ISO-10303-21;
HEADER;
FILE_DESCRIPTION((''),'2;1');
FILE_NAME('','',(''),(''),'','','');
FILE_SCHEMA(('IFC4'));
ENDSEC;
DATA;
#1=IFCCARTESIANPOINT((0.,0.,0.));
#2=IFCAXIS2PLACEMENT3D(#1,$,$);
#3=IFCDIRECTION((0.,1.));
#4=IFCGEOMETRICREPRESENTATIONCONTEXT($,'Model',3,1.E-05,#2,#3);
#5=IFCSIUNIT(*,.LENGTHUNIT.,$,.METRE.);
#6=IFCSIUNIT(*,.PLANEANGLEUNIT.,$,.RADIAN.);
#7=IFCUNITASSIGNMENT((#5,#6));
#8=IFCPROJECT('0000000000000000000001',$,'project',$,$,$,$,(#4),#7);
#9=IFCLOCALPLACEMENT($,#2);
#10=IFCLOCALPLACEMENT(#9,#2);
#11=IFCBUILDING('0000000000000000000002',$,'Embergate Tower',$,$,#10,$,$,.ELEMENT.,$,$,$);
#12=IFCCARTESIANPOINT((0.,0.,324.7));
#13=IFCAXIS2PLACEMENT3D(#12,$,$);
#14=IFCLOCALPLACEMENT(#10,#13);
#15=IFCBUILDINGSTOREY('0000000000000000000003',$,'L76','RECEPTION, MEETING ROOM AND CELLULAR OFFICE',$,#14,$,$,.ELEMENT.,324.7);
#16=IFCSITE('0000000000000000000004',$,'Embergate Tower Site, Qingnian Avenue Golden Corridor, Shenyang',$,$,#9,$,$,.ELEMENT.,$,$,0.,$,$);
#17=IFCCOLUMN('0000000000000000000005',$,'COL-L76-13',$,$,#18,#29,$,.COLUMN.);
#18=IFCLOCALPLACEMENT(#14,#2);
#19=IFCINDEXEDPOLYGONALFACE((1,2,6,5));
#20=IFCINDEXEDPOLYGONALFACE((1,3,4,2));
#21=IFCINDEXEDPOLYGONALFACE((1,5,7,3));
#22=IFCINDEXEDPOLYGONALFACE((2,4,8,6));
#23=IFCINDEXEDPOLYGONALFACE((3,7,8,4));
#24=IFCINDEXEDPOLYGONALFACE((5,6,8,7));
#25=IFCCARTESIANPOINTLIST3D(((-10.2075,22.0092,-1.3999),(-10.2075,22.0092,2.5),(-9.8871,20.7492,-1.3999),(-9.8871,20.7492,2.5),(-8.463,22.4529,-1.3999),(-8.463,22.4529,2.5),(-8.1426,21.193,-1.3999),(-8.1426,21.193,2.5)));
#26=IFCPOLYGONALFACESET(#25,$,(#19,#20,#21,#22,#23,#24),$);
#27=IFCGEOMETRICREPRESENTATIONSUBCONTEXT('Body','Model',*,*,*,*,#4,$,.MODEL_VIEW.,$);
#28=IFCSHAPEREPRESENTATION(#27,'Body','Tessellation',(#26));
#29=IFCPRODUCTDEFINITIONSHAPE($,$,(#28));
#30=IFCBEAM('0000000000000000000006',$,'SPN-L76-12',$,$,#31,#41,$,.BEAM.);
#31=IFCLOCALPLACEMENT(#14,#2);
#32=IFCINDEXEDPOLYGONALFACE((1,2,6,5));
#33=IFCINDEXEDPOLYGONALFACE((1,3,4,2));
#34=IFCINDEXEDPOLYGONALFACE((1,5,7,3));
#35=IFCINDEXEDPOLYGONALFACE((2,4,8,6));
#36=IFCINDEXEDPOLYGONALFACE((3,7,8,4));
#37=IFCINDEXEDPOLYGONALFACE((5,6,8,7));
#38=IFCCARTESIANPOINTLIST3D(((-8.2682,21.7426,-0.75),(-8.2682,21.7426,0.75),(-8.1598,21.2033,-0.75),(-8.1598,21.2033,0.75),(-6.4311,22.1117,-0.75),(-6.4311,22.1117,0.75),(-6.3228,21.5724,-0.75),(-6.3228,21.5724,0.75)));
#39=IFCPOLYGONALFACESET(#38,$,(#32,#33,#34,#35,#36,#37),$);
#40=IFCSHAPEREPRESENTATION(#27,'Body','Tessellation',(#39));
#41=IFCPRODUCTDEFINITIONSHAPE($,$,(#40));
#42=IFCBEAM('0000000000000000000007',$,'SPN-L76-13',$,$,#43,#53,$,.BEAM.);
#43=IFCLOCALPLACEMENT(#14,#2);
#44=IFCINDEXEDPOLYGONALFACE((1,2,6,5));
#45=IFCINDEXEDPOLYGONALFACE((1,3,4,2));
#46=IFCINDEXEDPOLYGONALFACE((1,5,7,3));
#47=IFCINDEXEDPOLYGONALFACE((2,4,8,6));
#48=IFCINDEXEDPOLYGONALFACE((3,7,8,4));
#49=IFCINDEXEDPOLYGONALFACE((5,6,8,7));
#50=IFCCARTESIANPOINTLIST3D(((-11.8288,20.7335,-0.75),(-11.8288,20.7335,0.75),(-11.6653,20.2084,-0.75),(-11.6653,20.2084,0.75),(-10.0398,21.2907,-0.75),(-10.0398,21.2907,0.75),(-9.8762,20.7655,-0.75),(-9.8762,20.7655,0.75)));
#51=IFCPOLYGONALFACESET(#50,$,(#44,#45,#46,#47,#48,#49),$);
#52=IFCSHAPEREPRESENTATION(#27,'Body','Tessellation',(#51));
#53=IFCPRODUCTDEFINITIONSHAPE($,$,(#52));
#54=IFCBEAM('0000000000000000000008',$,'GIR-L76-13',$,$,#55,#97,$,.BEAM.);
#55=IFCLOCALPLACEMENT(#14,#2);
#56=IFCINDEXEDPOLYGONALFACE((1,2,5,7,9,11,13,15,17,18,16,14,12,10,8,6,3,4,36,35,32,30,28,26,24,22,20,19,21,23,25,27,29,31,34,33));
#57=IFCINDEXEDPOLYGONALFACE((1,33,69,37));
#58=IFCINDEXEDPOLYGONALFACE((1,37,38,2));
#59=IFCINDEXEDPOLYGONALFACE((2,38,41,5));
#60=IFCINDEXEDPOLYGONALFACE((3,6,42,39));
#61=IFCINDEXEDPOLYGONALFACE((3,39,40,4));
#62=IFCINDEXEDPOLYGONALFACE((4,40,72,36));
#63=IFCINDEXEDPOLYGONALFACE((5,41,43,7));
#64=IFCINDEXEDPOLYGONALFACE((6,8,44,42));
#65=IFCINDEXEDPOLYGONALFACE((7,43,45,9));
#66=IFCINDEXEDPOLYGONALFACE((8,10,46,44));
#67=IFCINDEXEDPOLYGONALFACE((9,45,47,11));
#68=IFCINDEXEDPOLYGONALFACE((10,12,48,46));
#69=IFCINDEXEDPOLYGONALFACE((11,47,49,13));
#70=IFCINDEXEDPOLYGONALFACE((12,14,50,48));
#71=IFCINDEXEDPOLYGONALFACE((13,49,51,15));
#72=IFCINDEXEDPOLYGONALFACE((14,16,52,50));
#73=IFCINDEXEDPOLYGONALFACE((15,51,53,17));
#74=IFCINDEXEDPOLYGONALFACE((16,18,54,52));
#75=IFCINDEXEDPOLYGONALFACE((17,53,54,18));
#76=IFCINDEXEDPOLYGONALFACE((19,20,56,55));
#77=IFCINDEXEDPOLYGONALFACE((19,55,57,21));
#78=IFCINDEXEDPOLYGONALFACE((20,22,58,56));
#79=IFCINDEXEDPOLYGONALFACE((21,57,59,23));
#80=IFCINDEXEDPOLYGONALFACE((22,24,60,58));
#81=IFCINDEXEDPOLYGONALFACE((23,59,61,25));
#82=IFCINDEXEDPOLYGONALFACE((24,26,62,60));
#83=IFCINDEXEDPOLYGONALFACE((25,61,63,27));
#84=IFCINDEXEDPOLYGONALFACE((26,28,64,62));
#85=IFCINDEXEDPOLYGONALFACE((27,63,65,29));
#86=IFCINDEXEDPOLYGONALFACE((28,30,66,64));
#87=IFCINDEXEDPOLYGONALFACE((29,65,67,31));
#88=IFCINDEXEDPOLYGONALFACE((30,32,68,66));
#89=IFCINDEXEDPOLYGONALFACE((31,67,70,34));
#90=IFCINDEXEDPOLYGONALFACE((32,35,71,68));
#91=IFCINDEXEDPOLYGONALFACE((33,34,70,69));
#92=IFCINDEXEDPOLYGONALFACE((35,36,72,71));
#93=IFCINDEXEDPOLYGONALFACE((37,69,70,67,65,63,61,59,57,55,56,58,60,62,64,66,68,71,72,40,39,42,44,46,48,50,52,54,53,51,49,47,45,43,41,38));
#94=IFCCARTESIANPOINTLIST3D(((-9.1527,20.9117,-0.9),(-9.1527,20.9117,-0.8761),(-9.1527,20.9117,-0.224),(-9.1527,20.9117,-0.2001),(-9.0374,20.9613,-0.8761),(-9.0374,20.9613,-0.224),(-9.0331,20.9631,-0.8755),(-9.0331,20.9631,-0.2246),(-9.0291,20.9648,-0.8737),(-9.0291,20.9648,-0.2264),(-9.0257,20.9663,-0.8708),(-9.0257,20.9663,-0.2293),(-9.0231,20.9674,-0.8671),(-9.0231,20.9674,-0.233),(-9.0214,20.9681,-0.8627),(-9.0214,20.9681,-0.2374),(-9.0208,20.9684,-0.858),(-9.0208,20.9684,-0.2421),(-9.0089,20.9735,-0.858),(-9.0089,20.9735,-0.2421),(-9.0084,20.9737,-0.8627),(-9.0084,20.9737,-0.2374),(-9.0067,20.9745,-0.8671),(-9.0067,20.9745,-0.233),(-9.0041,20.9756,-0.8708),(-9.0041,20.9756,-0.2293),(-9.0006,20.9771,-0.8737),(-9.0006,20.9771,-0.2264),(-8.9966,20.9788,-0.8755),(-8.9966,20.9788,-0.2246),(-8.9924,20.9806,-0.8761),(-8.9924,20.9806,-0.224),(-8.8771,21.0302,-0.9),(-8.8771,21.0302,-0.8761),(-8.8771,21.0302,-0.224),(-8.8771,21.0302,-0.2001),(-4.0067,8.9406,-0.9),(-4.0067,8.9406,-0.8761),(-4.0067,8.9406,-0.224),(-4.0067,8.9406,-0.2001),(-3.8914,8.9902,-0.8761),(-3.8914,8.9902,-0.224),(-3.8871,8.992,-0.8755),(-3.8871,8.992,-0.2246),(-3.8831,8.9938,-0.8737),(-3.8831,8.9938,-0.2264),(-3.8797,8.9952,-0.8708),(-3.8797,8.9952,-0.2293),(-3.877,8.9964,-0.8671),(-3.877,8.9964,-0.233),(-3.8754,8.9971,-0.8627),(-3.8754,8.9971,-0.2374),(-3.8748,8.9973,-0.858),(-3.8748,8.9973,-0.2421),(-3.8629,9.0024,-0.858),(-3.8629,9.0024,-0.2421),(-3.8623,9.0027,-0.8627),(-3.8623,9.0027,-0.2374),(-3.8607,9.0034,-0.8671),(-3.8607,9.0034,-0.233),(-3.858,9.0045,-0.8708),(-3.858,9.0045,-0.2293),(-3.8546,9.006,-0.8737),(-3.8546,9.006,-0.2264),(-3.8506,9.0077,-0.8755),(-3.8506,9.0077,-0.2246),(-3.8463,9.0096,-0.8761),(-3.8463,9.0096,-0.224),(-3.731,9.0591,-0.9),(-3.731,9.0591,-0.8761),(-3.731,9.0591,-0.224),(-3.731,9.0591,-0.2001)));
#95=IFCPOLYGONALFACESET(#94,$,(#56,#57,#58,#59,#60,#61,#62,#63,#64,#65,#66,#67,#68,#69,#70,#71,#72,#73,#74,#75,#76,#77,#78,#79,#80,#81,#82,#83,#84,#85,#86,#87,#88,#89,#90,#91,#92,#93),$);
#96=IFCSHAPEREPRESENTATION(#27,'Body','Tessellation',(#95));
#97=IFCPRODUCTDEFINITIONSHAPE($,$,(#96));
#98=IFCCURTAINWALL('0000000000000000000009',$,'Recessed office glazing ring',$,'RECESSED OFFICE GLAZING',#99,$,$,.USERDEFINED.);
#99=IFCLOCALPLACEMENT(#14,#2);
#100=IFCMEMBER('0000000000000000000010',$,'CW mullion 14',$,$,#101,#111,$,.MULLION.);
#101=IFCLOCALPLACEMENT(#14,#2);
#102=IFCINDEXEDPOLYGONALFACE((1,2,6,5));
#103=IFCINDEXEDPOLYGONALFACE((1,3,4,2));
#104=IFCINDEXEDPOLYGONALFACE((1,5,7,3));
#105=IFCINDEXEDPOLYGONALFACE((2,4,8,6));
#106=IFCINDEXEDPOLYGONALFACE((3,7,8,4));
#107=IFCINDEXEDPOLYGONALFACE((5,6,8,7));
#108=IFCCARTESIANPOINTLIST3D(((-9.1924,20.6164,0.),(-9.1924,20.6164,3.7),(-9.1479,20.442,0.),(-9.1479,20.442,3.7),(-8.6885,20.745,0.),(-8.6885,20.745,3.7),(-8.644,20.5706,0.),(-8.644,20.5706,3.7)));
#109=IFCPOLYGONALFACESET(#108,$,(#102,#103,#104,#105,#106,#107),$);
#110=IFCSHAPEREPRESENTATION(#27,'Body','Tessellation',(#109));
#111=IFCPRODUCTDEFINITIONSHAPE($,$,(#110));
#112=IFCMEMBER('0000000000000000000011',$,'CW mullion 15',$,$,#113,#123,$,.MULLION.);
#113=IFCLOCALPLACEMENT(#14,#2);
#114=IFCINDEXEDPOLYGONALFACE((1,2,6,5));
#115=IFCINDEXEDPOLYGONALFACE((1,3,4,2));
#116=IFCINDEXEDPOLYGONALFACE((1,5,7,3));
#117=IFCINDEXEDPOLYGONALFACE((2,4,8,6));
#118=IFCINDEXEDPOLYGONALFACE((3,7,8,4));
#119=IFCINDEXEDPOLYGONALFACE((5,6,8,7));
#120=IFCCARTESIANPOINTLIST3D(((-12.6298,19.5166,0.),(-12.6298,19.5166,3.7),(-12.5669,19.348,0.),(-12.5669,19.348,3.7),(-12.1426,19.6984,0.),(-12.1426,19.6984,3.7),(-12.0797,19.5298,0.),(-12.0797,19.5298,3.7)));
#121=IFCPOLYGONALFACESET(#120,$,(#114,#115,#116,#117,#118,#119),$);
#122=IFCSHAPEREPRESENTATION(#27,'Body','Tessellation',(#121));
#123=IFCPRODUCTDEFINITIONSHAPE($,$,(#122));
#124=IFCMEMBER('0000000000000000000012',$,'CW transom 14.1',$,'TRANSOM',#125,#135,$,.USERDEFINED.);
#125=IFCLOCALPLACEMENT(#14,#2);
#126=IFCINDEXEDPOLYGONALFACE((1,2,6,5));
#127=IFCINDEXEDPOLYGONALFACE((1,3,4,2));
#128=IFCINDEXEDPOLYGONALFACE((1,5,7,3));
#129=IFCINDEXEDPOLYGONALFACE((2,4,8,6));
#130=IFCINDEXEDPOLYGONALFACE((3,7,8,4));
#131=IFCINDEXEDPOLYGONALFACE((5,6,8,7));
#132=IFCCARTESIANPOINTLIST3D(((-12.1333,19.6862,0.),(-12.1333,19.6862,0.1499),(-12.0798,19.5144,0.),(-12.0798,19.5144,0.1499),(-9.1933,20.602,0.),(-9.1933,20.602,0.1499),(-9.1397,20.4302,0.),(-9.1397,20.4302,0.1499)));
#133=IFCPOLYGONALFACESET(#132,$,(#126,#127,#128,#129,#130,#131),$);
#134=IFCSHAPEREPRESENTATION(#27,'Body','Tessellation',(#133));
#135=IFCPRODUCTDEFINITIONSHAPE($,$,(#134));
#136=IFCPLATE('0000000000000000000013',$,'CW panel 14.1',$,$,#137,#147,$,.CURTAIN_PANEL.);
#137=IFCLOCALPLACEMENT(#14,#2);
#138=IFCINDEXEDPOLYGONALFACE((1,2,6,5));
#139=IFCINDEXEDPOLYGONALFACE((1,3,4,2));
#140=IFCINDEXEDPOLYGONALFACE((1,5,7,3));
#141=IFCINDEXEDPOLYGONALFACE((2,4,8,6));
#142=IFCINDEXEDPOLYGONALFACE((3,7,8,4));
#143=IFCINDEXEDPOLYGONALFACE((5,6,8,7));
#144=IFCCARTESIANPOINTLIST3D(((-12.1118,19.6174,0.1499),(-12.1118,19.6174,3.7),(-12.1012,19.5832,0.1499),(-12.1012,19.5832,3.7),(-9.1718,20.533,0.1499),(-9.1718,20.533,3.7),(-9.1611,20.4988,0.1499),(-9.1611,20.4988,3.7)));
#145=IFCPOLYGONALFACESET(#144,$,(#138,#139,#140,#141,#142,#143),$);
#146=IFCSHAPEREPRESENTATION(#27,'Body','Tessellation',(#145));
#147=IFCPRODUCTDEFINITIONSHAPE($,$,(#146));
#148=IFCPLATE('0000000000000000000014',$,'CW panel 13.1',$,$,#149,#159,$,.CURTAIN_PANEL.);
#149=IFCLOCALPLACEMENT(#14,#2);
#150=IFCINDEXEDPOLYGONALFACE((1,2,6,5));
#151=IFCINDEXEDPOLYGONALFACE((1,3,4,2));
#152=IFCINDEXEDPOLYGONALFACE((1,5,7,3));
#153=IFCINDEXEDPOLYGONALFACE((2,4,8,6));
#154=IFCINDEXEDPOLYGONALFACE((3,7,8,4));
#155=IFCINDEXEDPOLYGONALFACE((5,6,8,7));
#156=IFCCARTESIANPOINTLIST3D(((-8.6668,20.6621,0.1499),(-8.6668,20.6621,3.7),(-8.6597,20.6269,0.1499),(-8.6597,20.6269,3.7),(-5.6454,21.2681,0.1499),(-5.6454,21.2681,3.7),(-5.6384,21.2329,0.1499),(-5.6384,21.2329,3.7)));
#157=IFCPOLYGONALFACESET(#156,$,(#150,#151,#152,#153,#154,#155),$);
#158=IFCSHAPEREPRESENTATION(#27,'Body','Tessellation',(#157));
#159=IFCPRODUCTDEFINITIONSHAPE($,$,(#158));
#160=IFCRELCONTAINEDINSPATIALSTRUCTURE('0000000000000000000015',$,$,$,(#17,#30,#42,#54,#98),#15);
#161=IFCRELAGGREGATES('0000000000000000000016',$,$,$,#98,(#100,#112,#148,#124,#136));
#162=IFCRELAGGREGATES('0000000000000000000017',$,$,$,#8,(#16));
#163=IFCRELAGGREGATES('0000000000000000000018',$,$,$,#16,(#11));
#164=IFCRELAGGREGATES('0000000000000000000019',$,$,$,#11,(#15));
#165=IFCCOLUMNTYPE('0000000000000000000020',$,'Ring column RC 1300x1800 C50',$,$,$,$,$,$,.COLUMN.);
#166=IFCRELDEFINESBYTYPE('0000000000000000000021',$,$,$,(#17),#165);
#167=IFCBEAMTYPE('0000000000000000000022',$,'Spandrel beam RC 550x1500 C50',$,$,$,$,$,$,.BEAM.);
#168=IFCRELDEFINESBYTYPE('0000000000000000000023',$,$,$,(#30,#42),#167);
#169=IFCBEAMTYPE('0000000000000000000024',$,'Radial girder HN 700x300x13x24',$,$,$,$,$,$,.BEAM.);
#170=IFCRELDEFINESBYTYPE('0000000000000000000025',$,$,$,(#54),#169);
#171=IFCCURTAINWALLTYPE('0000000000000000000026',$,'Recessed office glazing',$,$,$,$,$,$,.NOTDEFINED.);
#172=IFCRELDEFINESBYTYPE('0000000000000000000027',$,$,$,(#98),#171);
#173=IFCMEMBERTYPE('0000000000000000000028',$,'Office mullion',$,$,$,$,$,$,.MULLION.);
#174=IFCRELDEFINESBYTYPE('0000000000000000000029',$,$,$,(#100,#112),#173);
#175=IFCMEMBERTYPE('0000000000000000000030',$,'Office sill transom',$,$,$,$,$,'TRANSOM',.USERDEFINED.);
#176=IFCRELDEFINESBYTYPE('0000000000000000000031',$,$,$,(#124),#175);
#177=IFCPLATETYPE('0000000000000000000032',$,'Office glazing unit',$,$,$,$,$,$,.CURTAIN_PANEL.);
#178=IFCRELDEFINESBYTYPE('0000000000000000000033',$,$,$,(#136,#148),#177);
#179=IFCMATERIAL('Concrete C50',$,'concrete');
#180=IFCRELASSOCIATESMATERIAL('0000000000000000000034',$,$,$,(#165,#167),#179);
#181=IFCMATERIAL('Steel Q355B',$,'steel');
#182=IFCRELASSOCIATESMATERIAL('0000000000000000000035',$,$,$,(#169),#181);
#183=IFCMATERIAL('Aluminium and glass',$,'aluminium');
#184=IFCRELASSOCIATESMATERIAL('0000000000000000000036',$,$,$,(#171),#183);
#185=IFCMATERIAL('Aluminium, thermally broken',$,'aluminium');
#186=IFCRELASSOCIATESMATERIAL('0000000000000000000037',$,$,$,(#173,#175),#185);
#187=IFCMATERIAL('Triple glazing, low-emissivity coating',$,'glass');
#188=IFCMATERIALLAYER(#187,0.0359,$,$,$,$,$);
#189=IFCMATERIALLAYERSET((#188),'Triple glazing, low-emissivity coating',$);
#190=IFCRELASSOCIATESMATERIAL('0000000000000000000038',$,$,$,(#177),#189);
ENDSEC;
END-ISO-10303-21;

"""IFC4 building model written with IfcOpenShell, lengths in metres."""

from ifc_helpers import new_model, si_unit, direction, frame, origin, origin_2d, place, context, subcontext, project, spatial, rectangle, i_section, extrude, source, transform, mapped, material, layer, layer_set, material_profile, profile_set, type_object, element, aggregate, save


model = new_model("IFC4")

# Units and contexts
model_context = context("Model", 3, precision=1e-05, world=origin(), true_north=direction((0.0, 1.0)))
body_context = subcontext(model_context, "Body", "Model", "MODEL_VIEW")
ifc_project = project(units=[si_unit("LENGTHUNIT", "METRE"), si_unit("PLANEANGLEUNIT", "RADIAN")], contexts=[model_context])

# Site, building, storey
site_placement = place(None, origin())
site = spatial("IfcSite", under=ifc_project, at=site_placement, Name="Embergate Tower Site, Qingnian Avenue Golden Corridor, Shenyang", CompositionType="ELEMENT", RefElevation=0.0)
building_placement = place(site_placement, origin())
building = spatial("IfcBuilding", under=site, at=building_placement, Name="Embergate Tower", CompositionType="ELEMENT")
storey_placement = place(building_placement, frame((0.0, 0.0, 324.7)))
storey = spatial("IfcBuildingStorey", under=building, at=storey_placement, Name="L76", Description="RECEPTION, MEETING ROOM AND CELLULAR OFFICE", CompositionType="ELEMENT", Elevation=324.7)

# Column
ifc_material_1 = material(Name="Concrete C50", Category="concrete")
ifc_material_profile_1 = material_profile(ifc_material_1, rectangle(XDim=1.3, YDim=1.8, at=origin_2d()), Name="RC 1300x1800")
ifc_profile_set_1 = profile_set([ifc_material_profile_1], Name="Concrete C50")
column_type = type_object("IfcColumnType", Name="Ring column RC 1300x1800 C50", PredefinedType="COLUMN", material=ifc_profile_set_1)
shared_shape_1 = source(origin(), body_context, "Body", "SweptSolid", [
    extrude(rectangle(XDim=1.3, YDim=1.8, at=origin_2d()), origin(), (0.0, 0.0, 1.0), 3.8999),
])
column_placement = place(storey_placement, frame((-9.175, 21.6011, -1.3999), z_axis=(0.0, 0.0, 1.0), x_axis=(-0.246509, 0.969141, 0.0)))
element("IfcColumn", 1, at=column_placement, inside=storey, type_object=column_type, Name="COL-L76-13", PredefinedType="COLUMN", context=body_context, shape_type="MappedRepresentation", body=[
    mapped(shared_shape_1, transform((0.0, 0.0, 0.0))),
])

# Beams
ifc_material_profile_2 = material_profile(ifc_material_1, rectangle(XDim=0.55, YDim=1.5, at=origin_2d()), Name="RC 550x1500")
ifc_profile_set_2 = profile_set([ifc_material_profile_2], Name="Concrete C50")
beam_type_1 = type_object("IfcBeamType", Name="Spandrel beam RC 550x1500 C50", PredefinedType="BEAM", material=ifc_profile_set_2)
shared_shape_2 = source(origin(), body_context, "Body", "SweptSolid", [
    extrude(rectangle(XDim=0.55, YDim=1.5, at=origin_2d()), origin(), (0.0, 0.0, 1.0), 1.8738),
])
for number, where, z_axis, x_axis, name in (
    (2, (-6.377, 21.842, 0.0), (-0.980405, -0.196993, 0.0), (0.196993, -0.980405, 0.0), "SPN-L76-12"),
    (3, (-9.958, 21.0281, 0.0), (-0.954776, -0.297325, 0.0), (0.297325, -0.954776, 0.0), "SPN-L76-13"),
):
    element("IfcBeam", number, at=place(storey_placement, frame(where, z_axis=z_axis, x_axis=x_axis)), inside=storey, type_object=beam_type_1, Name=name, PredefinedType="BEAM", context=body_context, shape_type="MappedRepresentation", body=[
        mapped(shared_shape_2, transform((0.0, 0.0, 0.0))),
    ])
ifc_material_2 = material(Name="Steel Q355B", Category="steel")
ifc_material_profile_3 = material_profile(ifc_material_2, i_section(OverallWidth=0.3, OverallDepth=0.7, WebThickness=0.0129, FlangeThickness=0.0239, FilletRadius=0.0181, at=origin_2d()), Name="HN 700x300x13x24")
ifc_profile_set_3 = profile_set([ifc_material_profile_3], Name="Steel Q355 grade B")
beam_type_2 = type_object("IfcBeamType", Name="Radial girder HN 700x300x13x24", PredefinedType="BEAM", material=ifc_profile_set_3)
shared_shape_3 = source(origin(), body_context, "Body", "SweptSolid", [
    extrude(i_section(OverallWidth=0.3, OverallDepth=0.7, WebThickness=0.0129, FlangeThickness=0.0239, FilletRadius=0.0181, at=origin_2d()), origin(), (0.0, 0.0, 1.0), 13.0303),
])
beam_placement = place(storey_placement, frame((-9.0149, 20.9709, -0.55), z_axis=(0.39493, -0.918711, 0.0), x_axis=(0.918711, 0.39493, 0.0)))
element("IfcBeam", 4, at=beam_placement, inside=storey, type_object=beam_type_2, Name="GIR-L76-13", PredefinedType="BEAM", context=body_context, shape_type="MappedRepresentation", body=[
    mapped(shared_shape_3, transform((0.0, 0.0, 0.0))),
])

# Curtain wall, members, plates
ifc_material_3 = material(Name="Aluminium and glass", Category="aluminium")
curtain_wall_type = type_object("IfcCurtainWallType", Name="Recessed office glazing", PredefinedType="NOTDEFINED", material=ifc_material_3)
curtain_wall_placement = place(storey_placement, origin())
curtain_wall = element("IfcCurtainWall", 5, at=curtain_wall_placement, inside=storey, type_object=curtain_wall_type, Name="Recessed office glazing ring", ObjectType="RECESSED OFFICE GLAZING", PredefinedType="USERDEFINED")
ifc_material_4 = material(Name="Aluminium, thermally broken", Category="aluminium")
ifc_material_profile_4 = material_profile(ifc_material_4, rectangle(XDim=0.1799, YDim=0.52, at=origin_2d()), Name="AL 520x180")
ifc_profile_set_4 = profile_set([ifc_material_profile_4], Name="Aluminium, thermally broken")
member_type_1 = type_object("IfcMemberType", Name="Office mullion", PredefinedType="MULLION", material=ifc_profile_set_4)
shared_shape_4 = source(origin(), body_context, "Body", "SweptSolid", [
    extrude(rectangle(XDim=0.1799, YDim=0.52, at=origin_2d()), origin(), (0.0, 0.0, 1.0), 3.7),
])
member_1_placement = place(storey_placement, frame((-8.9182, 20.5935, 0.0), z_axis=(0.0, 0.0, 1.0), x_axis=(0.247312, -0.968936, 0.0)))
member_1 = element("IfcMember", 6, at=member_1_placement, type_object=member_type_1, Name="CW mullion 14", PredefinedType="MULLION", context=body_context, shape_type="MappedRepresentation", body=[
    mapped(shared_shape_4, transform((0.0, 0.0, 0.0))),
])
member_2_placement = place(storey_placement, frame((-12.3547, 19.5232, 0.0), z_axis=(0.0, 0.0, 1.0), x_axis=(0.349501, -0.936936, 0.0)))
member_2 = element("IfcMember", 7, at=member_2_placement, type_object=member_type_1, Name="CW mullion 15", PredefinedType="MULLION", context=body_context, shape_type="MappedRepresentation", body=[
    mapped(shared_shape_4, transform((0.0, 0.0, 0.0))),
])
ifc_material_profile_5 = material_profile(ifc_material_4, rectangle(XDim=0.1799, YDim=0.1499, at=origin_2d()), Name="AL 150x180")
ifc_profile_set_5 = profile_set([ifc_material_profile_5], Name="Aluminium, thermally broken")
member_type_2 = type_object("IfcMemberType", Name="Office sill transom", ElementType="TRANSOM", PredefinedType="USERDEFINED", material=ifc_profile_set_5)
shared_shape_5 = source(origin(), body_context, "Body", "SweptSolid", [
    extrude(rectangle(XDim=0.1799, YDim=0.1499, at=origin_2d()), origin(), (0.0, 0.0, 1.0), 3.0793),
])
member_3_placement = place(storey_placement, frame((-9.1665, 20.5161, 0.075), z_axis=(-0.954753, -0.297399, 0.0), x_axis=(0.297399, -0.954753, 0.0)))
member_3 = element("IfcMember", 8, at=member_3_placement, type_object=member_type_2, Name="CW transom 14.1", ObjectType="TRANSOM", PredefinedType="USERDEFINED", context=body_context, shape_type="MappedRepresentation", body=[
    mapped(shared_shape_5, transform((0.0, 0.0, 0.0))),
])
ifc_material_5 = material(Name="Triple glazing, low-emissivity coating", Category="glass")
ifc_layer_1 = layer(ifc_material_5, 0.0359)
ifc_layer_set_1 = layer_set([ifc_layer_1], Name="Triple glazing, low-emissivity coating")
plate_type = type_object("IfcPlateType", Name="Office glazing unit", PredefinedType="CURTAIN_PANEL", material=ifc_layer_set_1)
shared_shape_6 = source(origin(), body_context, "Body", "SweptSolid", [
    extrude(rectangle(XDim=3.0793, YDim=0.0359, at=origin_2d()), origin(), (0.0, 0.0, 1.0), 3.55),
])
plate_1_placement = place(storey_placement, frame((-10.6365, 20.0581, 0.1499), z_axis=(0.0, 0.0, 1.0), x_axis=(-0.954771, -0.297342, 0.0)))
plate_1 = element("IfcPlate", 9, at=plate_1_placement, type_object=plate_type, Name="CW panel 14.1", PredefinedType="CURTAIN_PANEL", context=body_context, shape_type="MappedRepresentation", body=[
    mapped(shared_shape_6, transform((0.0, 0.0, 0.0))),
])
shared_shape_7 = source(origin(), body_context, "Body", "SweptSolid", [
    extrude(rectangle(XDim=3.0815, YDim=0.0359, at=origin_2d()), origin(), (0.0, 0.0, 1.0), 3.55),
])
plate_2_placement = place(storey_placement, frame((-7.1526, 20.9475, 0.1499), z_axis=(0.0, 0.0, 1.0), x_axis=(-0.980475, -0.196643, 0.0)))
plate_2 = element("IfcPlate", 10, at=plate_2_placement, type_object=plate_type, Name="CW panel 13.1", PredefinedType="CURTAIN_PANEL", context=body_context, shape_type="MappedRepresentation", body=[
    mapped(shared_shape_7, transform((0.0, 0.0, 0.0))),
])
aggregate(curtain_wall, [member_1, member_2, plate_2, member_3, plate_1])

save(model, "model.ifc")
